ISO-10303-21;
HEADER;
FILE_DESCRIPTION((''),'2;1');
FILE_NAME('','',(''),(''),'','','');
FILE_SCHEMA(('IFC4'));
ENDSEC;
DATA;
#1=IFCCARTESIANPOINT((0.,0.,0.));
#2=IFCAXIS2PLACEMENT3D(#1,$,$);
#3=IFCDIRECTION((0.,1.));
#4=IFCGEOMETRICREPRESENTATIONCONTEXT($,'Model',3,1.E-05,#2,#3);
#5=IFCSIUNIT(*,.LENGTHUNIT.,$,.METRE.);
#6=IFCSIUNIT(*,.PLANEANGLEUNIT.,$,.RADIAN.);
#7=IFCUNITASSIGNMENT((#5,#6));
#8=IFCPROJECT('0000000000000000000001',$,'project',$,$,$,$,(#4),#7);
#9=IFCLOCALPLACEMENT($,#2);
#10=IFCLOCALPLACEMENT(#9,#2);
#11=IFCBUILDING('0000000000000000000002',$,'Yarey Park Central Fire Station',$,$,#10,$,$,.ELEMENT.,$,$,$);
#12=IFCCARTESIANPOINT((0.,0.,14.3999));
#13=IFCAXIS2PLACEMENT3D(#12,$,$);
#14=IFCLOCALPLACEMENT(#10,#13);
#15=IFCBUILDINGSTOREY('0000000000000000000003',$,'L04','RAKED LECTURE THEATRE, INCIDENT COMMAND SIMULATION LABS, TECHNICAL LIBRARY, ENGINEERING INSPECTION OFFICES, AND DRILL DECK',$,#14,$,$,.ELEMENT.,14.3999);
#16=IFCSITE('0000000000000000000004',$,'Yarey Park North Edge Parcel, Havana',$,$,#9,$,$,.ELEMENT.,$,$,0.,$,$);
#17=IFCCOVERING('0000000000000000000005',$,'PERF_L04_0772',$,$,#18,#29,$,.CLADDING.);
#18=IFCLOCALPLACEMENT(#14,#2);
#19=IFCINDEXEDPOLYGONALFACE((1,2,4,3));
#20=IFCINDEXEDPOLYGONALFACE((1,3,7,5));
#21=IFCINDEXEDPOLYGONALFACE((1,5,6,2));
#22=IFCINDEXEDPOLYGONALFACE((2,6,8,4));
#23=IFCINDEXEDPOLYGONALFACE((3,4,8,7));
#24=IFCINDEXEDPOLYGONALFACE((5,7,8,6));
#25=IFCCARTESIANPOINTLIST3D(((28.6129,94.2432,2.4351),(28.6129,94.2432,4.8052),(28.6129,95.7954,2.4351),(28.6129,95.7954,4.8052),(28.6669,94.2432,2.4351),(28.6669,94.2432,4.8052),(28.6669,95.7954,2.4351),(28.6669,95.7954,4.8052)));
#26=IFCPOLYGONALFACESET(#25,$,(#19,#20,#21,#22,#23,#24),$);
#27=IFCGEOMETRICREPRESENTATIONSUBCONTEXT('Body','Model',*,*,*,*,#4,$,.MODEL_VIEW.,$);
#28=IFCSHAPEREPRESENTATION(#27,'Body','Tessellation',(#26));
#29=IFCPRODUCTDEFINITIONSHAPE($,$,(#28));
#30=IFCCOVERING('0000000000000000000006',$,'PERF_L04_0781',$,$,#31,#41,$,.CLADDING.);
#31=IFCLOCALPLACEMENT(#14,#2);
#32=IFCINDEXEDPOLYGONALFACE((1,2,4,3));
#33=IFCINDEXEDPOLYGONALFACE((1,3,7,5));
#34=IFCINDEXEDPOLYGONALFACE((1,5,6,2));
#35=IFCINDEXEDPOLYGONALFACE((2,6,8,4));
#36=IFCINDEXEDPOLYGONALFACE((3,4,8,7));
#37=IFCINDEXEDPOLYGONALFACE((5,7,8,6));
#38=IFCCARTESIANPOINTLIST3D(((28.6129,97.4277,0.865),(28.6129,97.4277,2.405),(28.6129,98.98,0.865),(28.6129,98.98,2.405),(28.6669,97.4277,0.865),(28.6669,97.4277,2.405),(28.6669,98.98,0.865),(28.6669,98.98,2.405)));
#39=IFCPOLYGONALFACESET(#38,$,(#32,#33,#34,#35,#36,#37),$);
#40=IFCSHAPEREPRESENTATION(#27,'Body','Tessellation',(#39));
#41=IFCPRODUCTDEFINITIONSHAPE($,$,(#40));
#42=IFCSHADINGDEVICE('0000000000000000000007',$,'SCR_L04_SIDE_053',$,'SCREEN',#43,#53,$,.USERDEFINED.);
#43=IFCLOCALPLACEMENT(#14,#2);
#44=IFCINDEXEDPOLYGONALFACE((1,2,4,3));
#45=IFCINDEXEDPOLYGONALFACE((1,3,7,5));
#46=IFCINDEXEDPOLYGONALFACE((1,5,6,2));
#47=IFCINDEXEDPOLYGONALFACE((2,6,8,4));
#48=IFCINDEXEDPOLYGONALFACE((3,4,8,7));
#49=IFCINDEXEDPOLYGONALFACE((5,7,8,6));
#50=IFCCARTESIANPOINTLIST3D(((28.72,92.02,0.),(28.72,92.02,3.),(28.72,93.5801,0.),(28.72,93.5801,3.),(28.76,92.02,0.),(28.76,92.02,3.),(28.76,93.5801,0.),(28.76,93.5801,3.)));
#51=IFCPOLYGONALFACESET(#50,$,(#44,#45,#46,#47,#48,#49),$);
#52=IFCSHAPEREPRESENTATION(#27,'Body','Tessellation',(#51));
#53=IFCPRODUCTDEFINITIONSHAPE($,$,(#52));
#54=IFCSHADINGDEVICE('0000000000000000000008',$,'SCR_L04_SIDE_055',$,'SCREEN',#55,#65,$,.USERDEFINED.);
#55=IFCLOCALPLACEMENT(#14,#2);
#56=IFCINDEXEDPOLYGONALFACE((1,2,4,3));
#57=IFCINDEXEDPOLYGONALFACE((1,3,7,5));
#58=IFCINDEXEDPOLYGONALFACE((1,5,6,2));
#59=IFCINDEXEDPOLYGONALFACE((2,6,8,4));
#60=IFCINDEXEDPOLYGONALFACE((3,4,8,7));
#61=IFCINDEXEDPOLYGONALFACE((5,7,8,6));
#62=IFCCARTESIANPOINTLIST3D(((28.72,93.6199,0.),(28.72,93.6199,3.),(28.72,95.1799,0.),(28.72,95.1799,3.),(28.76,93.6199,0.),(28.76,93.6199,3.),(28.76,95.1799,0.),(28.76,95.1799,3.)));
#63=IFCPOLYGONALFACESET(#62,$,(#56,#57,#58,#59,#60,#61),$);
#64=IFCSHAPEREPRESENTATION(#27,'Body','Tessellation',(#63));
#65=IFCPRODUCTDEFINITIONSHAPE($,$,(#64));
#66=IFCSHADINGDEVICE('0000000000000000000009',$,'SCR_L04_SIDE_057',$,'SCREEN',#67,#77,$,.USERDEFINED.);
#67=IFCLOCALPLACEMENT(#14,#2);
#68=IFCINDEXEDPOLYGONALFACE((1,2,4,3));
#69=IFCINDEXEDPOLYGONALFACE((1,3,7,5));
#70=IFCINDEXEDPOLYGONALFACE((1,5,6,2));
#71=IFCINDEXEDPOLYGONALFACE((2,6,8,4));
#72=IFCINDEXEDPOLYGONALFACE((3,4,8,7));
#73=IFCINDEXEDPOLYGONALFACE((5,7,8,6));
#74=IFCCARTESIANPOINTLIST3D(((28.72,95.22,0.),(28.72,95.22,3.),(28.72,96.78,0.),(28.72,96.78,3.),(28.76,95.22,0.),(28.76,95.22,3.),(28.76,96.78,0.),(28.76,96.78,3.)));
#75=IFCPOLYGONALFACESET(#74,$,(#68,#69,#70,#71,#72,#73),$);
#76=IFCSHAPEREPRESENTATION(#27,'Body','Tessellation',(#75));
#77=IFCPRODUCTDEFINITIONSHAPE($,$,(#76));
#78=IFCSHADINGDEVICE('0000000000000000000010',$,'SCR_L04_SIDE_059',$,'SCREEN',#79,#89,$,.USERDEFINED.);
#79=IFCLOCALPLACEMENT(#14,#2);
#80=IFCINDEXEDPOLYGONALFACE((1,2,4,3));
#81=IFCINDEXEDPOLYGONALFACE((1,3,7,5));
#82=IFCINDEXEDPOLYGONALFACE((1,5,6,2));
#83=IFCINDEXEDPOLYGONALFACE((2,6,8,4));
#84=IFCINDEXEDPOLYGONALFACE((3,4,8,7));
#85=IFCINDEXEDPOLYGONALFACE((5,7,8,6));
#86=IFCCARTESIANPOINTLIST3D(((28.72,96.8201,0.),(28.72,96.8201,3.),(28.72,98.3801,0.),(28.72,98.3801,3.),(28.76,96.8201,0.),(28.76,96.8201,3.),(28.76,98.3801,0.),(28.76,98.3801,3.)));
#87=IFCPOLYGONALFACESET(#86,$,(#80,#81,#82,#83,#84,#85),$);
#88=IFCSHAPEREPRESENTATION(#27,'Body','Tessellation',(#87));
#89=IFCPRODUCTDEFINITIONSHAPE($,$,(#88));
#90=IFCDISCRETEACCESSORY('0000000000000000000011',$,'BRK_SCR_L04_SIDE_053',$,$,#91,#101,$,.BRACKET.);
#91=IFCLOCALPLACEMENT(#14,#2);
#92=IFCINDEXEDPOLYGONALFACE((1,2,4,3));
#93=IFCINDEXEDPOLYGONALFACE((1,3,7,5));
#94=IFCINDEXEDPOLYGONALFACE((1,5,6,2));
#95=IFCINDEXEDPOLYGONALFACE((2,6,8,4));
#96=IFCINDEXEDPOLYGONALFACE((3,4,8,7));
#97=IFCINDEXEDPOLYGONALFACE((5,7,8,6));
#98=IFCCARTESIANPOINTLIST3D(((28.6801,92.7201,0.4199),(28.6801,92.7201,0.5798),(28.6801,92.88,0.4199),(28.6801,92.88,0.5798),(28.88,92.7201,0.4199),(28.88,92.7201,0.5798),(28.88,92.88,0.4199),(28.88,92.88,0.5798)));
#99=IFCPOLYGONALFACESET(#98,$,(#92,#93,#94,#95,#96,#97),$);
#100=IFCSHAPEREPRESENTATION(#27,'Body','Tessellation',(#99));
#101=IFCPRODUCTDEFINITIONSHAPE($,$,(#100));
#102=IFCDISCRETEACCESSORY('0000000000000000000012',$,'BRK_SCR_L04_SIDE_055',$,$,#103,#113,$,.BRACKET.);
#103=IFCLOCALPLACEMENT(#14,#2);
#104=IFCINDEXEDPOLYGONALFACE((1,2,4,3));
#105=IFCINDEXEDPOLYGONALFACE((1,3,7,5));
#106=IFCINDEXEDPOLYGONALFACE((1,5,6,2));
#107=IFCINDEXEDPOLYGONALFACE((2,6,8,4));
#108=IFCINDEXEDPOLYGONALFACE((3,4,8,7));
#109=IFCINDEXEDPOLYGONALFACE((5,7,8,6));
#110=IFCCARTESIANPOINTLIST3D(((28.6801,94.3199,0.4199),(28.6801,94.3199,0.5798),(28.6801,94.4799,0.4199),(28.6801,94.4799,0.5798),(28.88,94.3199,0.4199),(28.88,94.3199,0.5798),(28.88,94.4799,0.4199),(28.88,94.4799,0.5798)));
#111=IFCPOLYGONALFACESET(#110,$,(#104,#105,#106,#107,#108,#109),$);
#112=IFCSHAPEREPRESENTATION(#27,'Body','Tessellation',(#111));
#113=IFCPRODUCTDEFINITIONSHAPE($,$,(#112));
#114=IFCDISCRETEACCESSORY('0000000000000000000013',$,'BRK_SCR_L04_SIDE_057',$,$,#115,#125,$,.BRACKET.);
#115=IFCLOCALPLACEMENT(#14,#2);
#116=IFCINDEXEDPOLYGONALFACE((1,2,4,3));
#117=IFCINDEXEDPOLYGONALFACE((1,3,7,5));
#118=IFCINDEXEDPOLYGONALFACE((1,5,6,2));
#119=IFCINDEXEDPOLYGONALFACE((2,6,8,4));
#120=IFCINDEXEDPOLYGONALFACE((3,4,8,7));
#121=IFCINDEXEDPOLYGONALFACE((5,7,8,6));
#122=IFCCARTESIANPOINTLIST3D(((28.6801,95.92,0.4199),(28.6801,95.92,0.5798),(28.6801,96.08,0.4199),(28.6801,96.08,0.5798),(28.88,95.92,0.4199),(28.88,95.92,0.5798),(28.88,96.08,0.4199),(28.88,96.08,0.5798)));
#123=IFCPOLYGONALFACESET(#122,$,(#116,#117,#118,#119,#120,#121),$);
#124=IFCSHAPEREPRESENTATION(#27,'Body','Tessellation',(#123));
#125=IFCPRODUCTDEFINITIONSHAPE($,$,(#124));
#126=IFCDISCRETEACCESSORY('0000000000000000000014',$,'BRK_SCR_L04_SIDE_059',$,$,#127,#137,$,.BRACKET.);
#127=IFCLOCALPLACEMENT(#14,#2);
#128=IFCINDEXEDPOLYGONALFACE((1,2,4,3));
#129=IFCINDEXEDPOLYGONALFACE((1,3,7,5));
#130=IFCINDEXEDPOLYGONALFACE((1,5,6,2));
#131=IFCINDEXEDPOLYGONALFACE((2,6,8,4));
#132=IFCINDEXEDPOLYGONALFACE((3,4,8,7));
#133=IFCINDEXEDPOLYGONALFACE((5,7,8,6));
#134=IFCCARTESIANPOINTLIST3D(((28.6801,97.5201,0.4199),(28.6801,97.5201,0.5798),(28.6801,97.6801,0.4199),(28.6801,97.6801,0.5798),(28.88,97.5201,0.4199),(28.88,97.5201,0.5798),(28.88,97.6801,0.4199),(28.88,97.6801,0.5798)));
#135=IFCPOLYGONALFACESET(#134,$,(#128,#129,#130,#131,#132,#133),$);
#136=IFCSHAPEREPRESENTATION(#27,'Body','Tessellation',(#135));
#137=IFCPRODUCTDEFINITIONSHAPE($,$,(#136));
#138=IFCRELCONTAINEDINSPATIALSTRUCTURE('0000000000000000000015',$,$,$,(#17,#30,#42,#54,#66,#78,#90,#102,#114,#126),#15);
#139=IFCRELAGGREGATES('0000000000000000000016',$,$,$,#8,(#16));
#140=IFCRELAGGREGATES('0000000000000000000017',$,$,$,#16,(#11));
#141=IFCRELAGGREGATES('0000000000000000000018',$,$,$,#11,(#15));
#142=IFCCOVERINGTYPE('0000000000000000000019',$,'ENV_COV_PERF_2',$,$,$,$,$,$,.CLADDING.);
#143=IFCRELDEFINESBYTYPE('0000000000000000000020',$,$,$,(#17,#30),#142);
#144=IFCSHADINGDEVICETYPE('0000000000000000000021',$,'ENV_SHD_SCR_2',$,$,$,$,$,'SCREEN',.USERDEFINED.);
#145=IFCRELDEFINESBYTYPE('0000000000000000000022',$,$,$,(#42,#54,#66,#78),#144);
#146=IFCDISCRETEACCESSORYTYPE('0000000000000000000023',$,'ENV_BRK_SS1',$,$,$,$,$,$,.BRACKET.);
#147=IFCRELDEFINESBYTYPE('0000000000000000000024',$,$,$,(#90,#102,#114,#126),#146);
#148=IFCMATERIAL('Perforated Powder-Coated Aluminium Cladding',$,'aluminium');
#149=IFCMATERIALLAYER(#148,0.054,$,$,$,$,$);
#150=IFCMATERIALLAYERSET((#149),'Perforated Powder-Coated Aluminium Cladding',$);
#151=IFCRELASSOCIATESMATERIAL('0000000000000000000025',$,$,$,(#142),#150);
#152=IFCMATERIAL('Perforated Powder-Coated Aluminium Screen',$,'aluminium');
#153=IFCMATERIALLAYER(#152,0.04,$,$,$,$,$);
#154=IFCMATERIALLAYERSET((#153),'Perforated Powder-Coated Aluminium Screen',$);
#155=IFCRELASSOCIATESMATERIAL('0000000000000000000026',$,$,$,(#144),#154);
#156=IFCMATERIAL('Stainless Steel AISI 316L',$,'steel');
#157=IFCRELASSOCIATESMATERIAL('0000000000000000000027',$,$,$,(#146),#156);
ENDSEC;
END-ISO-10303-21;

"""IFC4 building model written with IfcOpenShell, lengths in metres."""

from ifc_helpers import new_model, si_unit, direction, frame, origin, origin_2d, place, context, subcontext, project, spatial, rectangle, extrude, material, layer, layer_set, type_object, element, save


model = new_model("IFC4")

# Units and contexts
model_context = context("Model", 3, precision=1e-05, world=origin(), true_north=direction((0.0, 1.0)))
body_context = subcontext(model_context, "Body", "Model", "MODEL_VIEW")
ifc_project = project(units=[si_unit("LENGTHUNIT", "METRE"), si_unit("PLANEANGLEUNIT", "RADIAN")], contexts=[model_context])

# Site, building, storey
site_placement = place(None, origin())
site = spatial("IfcSite", under=ifc_project, at=site_placement, Name="Yarey Park North Edge Parcel, Havana", CompositionType="ELEMENT", RefElevation=0.0)
building_placement = place(site_placement, origin())
building = spatial("IfcBuilding", under=site, at=building_placement, Name="Yarey Park Central Fire Station", CompositionType="ELEMENT")
storey_placement = place(building_placement, frame((0.0, 0.0, 14.3999)))
storey = spatial("IfcBuildingStorey", under=building, at=storey_placement, Name="L04", Description="RAKED LECTURE THEATRE, INCIDENT COMMAND SIMULATION LABS, TECHNICAL LIBRARY, ENGINEERING INSPECTION OFFICES, AND DRILL DECK", CompositionType="ELEMENT", Elevation=14.3999)

# Coverings
ifc_material_1 = material(Name="Perforated Powder-Coated Aluminium Cladding", Category="aluminium")
ifc_layer_1 = layer(ifc_material_1, 0.054)
ifc_layer_set_1 = layer_set([ifc_layer_1], Name="Perforated Powder-Coated Aluminium Cladding")
covering_type_1 = type_object("IfcCoveringType", Name="ENV_COV_PERF_2", PredefinedType="CLADDING", material=ifc_layer_set_1)
covering_1_placement = place(storey_placement, frame((28.6399, 95.0193, 2.4351), z_axis=(0.0, 0.0, 1.0), x_axis=(0.0, 1.0, 0.0)))
element("IfcCovering", 1, at=covering_1_placement, inside=storey, type_object=covering_type_1, Name="PERF_L04_0772", PredefinedType="CLADDING", context=body_context, shape_type="SweptSolid", body=[
    extrude(rectangle(XDim=1.5522, YDim=0.054, at=origin_2d()), origin(), (0.0, 0.0, 1.0), 2.3701),
])
covering_2_placement = place(storey_placement, frame((28.6399, 98.2039, 0.865), z_axis=(0.0, 0.0, 1.0), x_axis=(0.0, 1.0, 0.0)))
element("IfcCovering", 2, at=covering_2_placement, inside=storey, type_object=covering_type_1, Name="PERF_L04_0781", PredefinedType="CLADDING", context=body_context, shape_type="SweptSolid", body=[
    extrude(rectangle(XDim=1.5522, YDim=0.054, at=origin_2d()), origin(), (0.0, 0.0, 1.0), 1.54),
])

# Shading devices
ifc_material_2 = material(Name="Perforated Powder-Coated Aluminium Screen", Category="aluminium")
ifc_layer_2 = layer(ifc_material_2, 0.04)
ifc_layer_set_2 = layer_set([ifc_layer_2], Name="Perforated Powder-Coated Aluminium Screen")
shading_device_type = type_object("IfcShadingDeviceType", Name="ENV_SHD_SCR_2", ElementType="SCREEN", PredefinedType="USERDEFINED", material=ifc_layer_set_2)
for number, where, z_axis, x_axis, name in (
    (3, (28.74, 92.8, 0.0), (0.0, 0.0, 1.0), (0.0, 1.0, 0.0), "SCR_L04_SIDE_053"),
    (4, (28.74, 94.3999, 0.0), (0.0, 0.0, 1.0), (0.0, 1.0, 0.0), "SCR_L04_SIDE_055"),
    (5, (28.74, 96.0, 0.0), (0.0, 0.0, 1.0), (0.0, 1.0, 0.0), "SCR_L04_SIDE_057"),
    (6, (28.74, 97.6001, 0.0), (0.0, 0.0, 1.0), (0.0, 1.0, 0.0), "SCR_L04_SIDE_059"),
):
    element("IfcShadingDevice", number, at=place(storey_placement, frame(where, z_axis=z_axis, x_axis=x_axis)), inside=storey, type_object=shading_device_type, Name=name, ObjectType="SCREEN", PredefinedType="USERDEFINED", context=body_context, shape_type="SweptSolid", body=[
        extrude(rectangle(XDim=1.5601, YDim=0.04, at=origin_2d()), origin(), (0.0, 0.0, 1.0), 3.0),
    ])

# Discrete accessories
ifc_material_3 = material(Name="Stainless Steel AISI 316L", Category="steel")
discrete_accessory_type = type_object("IfcDiscreteAccessoryType", Name="ENV_BRK_SS1", PredefinedType="BRACKET", material=ifc_material_3)
for number, where, z_axis, x_axis, name in (
    (7, (28.78, 92.8, 0.4199), (0.0, 0.0, 1.0), (1.0, 0.0, 0.0), "BRK_SCR_L04_SIDE_053"),
    (8, (28.78, 94.3999, 0.4199), (0.0, 0.0, 1.0), (1.0, 0.0, 0.0), "BRK_SCR_L04_SIDE_055"),
    (9, (28.78, 96.0, 0.4199), (0.0, 0.0, 1.0), (1.0, 0.0, 0.0), "BRK_SCR_L04_SIDE_057"),
    (10, (28.78, 97.6001, 0.4199), (0.0, 0.0, 1.0), (1.0, 0.0, 0.0), "BRK_SCR_L04_SIDE_059"),
):
    element("IfcDiscreteAccessory", number, at=place(storey_placement, frame(where, z_axis=z_axis, x_axis=x_axis)), inside=storey, type_object=discrete_accessory_type, Name=name, PredefinedType="BRACKET", context=body_context, shape_type="SweptSolid", body=[
        extrude(rectangle(XDim=0.2, YDim=0.1599, at=origin_2d()), origin(), (0.0, 0.0, 1.0), 0.1599),
    ])

save(model, "model.ifc")
